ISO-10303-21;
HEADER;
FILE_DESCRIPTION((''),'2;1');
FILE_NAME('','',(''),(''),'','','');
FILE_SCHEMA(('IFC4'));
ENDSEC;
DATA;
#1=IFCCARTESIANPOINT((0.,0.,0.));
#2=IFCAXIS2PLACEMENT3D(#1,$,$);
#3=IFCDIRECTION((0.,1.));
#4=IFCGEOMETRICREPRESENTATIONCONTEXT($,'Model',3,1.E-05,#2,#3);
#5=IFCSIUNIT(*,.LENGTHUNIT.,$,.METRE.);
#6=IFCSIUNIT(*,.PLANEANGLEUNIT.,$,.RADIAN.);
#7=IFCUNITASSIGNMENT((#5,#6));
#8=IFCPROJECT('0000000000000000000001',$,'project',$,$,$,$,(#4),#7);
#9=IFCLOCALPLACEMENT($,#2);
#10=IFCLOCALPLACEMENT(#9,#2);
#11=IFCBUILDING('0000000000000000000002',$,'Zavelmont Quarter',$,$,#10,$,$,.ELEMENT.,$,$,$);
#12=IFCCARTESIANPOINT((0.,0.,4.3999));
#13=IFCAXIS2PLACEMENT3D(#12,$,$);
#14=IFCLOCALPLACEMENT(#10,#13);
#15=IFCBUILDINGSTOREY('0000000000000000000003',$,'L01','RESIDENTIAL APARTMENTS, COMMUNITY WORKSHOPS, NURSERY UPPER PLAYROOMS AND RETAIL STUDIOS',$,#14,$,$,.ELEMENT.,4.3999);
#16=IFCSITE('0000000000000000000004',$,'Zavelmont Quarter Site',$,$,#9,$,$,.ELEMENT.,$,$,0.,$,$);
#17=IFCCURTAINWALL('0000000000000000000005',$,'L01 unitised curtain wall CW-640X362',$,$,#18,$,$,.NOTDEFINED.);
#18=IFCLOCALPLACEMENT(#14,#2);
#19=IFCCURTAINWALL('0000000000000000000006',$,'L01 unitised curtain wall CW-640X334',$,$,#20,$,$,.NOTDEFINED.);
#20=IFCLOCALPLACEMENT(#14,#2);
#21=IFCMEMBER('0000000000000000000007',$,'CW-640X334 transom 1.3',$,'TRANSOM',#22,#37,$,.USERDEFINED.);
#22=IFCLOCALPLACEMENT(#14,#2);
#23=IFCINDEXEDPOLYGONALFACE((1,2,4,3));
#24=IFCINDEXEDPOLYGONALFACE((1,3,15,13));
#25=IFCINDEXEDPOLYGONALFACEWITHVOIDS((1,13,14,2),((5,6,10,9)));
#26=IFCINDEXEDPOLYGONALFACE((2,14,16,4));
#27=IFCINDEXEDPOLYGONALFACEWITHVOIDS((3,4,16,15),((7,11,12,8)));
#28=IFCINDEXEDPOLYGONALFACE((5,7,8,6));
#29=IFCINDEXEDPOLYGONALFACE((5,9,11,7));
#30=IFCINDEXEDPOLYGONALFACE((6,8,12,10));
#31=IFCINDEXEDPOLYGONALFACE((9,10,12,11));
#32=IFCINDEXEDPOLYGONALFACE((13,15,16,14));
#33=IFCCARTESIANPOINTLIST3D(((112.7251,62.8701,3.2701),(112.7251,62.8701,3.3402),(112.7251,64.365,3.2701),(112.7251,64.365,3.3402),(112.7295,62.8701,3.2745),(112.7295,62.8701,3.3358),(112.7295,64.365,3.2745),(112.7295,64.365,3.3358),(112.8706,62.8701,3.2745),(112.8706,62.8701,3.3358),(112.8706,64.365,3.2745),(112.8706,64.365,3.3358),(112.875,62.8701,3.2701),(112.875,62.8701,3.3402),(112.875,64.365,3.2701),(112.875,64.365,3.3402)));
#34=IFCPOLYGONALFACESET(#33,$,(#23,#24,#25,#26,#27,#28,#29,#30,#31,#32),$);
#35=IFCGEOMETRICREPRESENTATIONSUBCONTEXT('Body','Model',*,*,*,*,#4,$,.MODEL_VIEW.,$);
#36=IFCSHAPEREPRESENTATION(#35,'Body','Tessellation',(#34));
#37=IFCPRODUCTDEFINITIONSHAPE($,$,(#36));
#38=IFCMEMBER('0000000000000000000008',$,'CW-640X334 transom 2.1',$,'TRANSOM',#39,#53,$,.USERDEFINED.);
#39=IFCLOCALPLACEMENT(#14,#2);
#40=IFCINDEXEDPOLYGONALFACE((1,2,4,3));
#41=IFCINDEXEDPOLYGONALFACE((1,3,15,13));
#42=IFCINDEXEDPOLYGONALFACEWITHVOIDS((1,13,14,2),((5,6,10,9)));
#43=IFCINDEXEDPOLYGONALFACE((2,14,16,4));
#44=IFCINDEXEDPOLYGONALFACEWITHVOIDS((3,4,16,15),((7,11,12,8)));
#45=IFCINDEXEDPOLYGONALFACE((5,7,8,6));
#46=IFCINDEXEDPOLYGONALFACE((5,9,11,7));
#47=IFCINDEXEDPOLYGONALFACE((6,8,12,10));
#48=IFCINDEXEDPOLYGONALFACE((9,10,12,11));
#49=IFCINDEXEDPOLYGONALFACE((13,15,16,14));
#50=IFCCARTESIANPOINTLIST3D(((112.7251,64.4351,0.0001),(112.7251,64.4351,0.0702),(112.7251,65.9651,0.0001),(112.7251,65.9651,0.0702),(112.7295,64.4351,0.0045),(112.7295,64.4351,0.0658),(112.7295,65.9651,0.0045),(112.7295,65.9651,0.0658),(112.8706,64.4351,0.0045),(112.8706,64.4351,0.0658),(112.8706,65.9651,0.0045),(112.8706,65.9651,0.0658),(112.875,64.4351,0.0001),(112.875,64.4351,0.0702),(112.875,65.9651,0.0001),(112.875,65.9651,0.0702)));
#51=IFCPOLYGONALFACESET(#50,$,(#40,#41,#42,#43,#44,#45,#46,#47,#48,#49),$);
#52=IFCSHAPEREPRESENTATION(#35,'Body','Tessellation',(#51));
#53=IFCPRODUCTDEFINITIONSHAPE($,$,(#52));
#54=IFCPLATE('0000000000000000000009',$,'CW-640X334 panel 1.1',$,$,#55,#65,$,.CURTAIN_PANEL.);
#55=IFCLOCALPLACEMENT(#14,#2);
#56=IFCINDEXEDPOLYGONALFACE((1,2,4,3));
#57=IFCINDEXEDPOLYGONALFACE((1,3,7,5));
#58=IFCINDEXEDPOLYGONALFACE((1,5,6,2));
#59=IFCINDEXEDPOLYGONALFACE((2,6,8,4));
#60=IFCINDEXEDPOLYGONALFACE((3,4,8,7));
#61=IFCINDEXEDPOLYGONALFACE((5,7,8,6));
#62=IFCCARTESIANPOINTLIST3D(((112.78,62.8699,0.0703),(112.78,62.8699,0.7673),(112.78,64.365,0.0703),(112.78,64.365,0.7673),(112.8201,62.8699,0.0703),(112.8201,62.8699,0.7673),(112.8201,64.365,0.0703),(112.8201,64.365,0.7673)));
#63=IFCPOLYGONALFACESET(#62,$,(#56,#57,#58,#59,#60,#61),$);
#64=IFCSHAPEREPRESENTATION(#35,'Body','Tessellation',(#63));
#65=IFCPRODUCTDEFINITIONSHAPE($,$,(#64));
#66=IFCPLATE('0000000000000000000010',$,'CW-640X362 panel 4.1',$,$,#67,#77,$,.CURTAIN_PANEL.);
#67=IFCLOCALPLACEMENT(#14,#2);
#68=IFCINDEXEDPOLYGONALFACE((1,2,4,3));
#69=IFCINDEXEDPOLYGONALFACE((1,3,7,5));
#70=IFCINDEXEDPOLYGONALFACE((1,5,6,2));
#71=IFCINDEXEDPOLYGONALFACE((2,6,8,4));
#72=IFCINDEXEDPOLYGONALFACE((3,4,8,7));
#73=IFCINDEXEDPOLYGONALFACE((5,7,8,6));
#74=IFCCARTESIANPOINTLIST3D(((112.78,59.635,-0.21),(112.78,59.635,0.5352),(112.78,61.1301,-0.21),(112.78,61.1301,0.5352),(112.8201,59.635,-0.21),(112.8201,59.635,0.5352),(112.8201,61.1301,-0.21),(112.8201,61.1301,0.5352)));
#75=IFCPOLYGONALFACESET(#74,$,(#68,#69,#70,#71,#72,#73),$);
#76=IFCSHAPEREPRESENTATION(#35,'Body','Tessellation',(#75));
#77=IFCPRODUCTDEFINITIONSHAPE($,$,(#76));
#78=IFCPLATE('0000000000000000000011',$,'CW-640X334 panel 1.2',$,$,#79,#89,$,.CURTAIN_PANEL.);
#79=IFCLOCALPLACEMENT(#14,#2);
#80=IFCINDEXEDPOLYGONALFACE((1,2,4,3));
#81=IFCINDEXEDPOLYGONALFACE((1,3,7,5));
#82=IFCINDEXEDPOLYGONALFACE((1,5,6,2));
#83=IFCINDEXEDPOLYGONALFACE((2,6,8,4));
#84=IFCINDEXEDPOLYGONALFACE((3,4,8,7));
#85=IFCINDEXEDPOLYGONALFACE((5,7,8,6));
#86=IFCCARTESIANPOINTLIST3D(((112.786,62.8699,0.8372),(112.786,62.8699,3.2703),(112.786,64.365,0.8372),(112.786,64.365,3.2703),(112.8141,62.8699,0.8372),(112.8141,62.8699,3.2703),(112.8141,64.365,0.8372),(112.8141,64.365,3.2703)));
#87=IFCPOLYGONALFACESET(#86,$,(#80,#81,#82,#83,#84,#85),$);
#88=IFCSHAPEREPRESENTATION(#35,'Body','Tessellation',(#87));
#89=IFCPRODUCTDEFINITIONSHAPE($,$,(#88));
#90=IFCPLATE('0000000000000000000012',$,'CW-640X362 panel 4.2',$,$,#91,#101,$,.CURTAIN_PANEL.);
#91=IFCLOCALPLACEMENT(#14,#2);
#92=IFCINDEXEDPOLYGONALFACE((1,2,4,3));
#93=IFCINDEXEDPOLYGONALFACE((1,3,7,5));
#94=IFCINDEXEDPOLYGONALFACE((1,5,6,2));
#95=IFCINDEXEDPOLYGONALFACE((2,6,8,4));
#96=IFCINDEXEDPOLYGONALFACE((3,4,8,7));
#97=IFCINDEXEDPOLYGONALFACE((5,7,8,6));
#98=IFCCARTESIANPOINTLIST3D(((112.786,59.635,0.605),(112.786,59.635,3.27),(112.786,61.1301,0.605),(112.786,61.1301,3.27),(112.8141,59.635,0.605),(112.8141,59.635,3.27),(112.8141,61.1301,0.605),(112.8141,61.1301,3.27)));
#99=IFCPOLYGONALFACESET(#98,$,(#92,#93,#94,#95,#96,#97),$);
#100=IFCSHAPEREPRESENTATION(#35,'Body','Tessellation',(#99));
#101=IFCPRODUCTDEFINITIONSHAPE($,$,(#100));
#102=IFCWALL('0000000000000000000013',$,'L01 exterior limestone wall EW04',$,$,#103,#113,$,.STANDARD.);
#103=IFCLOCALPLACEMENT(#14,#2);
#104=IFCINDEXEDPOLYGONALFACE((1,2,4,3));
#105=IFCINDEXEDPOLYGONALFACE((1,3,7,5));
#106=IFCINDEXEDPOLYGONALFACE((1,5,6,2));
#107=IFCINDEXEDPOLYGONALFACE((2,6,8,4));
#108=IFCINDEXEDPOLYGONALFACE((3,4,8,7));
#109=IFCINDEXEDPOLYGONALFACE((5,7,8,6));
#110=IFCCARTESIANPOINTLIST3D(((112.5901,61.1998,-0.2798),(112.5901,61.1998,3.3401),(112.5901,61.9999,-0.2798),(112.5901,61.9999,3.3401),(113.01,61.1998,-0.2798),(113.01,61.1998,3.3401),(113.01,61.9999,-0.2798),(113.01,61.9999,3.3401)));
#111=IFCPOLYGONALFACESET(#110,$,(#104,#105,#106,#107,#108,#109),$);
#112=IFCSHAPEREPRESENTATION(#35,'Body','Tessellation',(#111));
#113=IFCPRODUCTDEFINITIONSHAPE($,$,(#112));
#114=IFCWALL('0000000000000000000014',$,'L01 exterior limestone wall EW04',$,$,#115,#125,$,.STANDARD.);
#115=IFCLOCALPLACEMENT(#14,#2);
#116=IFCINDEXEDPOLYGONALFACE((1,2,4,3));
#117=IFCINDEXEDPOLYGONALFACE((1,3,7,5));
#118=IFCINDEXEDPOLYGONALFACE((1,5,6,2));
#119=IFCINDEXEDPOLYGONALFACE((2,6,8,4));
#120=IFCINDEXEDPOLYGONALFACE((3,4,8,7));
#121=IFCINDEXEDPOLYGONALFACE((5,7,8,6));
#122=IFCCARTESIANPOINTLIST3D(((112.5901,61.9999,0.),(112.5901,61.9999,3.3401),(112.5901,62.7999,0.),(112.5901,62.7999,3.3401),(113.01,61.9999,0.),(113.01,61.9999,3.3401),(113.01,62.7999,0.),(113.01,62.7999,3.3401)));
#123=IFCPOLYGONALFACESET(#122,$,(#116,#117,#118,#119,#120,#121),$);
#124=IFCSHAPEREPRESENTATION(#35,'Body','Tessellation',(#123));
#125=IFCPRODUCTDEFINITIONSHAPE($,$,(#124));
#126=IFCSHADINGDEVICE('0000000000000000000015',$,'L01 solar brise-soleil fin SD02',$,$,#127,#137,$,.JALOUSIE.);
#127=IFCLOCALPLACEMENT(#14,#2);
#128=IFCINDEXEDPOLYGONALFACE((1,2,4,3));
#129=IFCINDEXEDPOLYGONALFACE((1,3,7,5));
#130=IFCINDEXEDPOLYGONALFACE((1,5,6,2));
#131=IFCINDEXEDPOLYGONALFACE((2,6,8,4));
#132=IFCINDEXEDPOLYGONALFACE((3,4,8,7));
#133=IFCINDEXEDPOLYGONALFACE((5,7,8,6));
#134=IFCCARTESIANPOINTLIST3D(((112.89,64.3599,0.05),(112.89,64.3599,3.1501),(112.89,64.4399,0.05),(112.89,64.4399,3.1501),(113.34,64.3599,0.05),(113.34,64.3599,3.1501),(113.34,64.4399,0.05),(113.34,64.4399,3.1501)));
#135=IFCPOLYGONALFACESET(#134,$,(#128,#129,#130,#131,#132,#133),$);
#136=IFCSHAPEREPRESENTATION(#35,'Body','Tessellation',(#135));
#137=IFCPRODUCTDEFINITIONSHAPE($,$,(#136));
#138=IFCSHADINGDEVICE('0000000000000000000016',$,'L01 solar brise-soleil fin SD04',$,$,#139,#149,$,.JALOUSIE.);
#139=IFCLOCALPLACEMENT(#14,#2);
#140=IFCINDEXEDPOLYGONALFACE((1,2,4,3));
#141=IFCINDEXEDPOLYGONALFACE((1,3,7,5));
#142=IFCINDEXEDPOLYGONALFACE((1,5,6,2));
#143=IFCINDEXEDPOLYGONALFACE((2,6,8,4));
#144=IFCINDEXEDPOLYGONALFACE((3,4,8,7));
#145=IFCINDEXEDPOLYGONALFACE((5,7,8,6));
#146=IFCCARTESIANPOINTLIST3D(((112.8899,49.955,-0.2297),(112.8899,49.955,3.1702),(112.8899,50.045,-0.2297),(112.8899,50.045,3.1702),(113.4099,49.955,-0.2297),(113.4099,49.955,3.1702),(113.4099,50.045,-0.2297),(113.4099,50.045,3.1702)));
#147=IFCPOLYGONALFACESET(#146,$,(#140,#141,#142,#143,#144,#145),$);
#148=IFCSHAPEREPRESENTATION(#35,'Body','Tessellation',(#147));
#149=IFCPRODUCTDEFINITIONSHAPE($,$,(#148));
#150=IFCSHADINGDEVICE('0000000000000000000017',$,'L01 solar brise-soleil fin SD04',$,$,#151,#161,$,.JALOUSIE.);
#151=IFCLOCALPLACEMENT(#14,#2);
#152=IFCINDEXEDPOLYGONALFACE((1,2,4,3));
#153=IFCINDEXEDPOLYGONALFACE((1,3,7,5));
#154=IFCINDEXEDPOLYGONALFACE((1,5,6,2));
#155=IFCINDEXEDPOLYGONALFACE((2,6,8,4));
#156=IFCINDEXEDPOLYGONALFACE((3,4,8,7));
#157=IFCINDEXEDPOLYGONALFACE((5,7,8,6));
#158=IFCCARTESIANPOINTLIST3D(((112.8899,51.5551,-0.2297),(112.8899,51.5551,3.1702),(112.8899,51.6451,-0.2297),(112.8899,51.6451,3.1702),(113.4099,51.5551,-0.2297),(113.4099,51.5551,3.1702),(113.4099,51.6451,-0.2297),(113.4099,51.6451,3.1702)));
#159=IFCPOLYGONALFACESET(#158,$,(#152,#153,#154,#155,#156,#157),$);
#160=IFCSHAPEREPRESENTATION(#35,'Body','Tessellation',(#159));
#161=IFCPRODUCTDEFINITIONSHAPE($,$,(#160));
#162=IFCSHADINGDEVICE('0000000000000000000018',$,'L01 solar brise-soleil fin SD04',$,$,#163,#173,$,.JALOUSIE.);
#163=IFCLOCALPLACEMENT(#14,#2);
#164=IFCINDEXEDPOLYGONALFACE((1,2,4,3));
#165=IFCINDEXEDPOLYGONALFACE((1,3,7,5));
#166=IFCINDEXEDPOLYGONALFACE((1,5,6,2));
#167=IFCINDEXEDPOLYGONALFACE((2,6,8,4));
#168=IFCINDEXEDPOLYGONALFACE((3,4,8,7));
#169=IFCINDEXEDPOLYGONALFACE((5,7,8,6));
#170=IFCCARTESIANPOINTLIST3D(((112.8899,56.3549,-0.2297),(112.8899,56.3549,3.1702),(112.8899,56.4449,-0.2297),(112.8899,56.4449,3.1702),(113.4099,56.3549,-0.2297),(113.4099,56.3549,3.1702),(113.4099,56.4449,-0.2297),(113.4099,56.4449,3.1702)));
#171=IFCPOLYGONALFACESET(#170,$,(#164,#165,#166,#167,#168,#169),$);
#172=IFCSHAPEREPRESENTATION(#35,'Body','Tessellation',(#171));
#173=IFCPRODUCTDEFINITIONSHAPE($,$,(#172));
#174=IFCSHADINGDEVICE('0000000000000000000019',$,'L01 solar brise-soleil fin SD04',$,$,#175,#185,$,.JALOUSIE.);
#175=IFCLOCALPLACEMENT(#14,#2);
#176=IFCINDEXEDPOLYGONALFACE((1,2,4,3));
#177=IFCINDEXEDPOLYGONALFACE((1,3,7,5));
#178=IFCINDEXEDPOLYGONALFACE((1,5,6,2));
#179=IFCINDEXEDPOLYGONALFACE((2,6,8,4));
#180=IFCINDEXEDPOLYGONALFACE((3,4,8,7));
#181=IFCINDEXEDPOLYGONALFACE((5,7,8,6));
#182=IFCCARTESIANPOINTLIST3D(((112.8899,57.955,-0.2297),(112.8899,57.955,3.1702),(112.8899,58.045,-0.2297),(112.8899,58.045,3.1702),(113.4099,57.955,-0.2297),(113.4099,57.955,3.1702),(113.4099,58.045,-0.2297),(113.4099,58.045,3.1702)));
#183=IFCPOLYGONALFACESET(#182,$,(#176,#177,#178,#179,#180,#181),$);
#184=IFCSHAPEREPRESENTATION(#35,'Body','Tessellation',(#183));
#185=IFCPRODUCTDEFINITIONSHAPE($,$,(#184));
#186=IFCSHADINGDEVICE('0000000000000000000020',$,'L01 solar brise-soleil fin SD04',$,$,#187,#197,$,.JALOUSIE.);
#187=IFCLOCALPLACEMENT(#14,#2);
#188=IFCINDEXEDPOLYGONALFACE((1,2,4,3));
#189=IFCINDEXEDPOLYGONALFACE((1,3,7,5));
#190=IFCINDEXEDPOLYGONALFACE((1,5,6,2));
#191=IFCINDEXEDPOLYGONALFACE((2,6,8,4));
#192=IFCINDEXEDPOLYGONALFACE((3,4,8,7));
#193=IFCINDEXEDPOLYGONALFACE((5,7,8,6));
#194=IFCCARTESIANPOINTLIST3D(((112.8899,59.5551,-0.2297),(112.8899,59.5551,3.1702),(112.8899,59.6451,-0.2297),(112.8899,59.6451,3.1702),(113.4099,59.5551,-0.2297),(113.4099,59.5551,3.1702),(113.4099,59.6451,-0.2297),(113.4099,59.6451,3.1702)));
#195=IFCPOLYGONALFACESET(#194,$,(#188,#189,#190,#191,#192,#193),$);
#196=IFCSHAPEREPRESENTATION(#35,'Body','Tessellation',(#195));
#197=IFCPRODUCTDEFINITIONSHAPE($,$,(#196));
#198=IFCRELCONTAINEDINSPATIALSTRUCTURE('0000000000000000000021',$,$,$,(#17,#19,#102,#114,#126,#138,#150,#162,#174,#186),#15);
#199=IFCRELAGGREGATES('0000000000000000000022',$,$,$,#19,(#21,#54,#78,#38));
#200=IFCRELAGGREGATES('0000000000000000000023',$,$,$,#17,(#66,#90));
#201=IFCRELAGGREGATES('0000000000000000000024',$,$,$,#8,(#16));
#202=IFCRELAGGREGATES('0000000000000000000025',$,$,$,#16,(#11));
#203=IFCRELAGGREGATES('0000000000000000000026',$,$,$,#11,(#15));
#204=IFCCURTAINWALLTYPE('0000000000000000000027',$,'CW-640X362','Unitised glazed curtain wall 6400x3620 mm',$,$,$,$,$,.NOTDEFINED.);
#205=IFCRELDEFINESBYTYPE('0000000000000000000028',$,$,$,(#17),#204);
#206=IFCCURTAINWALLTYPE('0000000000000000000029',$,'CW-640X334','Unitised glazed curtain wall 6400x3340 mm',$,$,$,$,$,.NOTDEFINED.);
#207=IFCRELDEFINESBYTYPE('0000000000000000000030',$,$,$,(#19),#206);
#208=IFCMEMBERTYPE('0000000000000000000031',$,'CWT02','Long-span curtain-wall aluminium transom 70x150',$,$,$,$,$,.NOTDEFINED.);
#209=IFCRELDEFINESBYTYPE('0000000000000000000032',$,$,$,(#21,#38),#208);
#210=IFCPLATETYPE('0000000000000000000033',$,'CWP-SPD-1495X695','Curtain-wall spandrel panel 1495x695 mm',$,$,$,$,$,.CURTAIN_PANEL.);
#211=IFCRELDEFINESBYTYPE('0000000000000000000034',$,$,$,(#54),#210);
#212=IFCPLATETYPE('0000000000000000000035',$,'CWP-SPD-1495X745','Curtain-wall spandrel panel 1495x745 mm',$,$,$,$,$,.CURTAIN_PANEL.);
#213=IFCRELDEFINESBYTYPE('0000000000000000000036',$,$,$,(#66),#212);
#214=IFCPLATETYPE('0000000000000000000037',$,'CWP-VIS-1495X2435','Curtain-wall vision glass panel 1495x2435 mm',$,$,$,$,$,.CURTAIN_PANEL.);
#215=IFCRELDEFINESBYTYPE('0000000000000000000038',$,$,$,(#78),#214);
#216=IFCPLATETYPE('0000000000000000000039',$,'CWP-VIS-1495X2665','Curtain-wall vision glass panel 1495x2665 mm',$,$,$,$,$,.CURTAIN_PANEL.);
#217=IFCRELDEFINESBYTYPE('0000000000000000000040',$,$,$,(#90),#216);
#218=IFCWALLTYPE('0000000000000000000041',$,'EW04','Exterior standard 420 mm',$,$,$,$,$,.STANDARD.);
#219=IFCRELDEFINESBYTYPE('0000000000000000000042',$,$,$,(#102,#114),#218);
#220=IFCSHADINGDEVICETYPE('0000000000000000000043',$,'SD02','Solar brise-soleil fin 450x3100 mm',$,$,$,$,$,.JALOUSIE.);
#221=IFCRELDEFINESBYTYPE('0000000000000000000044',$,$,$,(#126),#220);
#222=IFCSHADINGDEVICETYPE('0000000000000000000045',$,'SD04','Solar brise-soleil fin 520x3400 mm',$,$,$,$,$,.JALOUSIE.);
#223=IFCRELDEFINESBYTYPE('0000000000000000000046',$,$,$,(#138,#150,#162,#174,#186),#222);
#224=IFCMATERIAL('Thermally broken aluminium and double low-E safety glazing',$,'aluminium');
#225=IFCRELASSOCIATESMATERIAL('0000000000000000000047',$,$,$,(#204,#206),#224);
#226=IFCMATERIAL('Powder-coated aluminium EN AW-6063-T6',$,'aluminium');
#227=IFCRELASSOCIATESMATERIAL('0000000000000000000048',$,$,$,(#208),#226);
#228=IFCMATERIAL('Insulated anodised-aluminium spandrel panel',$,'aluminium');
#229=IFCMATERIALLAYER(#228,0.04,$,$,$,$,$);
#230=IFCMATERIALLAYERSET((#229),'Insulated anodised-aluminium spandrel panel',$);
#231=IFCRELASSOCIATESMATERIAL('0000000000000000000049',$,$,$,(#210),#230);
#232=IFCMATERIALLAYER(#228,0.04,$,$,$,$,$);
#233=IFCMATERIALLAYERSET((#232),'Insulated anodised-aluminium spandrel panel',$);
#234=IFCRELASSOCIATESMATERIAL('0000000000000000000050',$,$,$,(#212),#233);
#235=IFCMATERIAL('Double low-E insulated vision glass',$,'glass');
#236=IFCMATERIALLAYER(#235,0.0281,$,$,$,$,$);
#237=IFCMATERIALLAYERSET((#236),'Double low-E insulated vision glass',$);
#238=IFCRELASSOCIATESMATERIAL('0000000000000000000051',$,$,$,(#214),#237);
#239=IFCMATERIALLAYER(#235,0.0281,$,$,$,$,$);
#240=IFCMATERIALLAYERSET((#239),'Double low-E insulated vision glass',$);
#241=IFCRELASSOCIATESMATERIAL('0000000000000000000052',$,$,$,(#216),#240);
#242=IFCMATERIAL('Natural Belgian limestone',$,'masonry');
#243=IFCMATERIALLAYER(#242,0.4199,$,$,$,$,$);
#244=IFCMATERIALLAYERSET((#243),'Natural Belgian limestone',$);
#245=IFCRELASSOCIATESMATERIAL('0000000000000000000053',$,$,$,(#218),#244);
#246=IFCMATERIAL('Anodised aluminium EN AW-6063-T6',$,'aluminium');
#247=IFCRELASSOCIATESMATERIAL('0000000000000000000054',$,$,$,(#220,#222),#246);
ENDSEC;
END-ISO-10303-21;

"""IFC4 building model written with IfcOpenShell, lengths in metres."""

from ifc_helpers import new_model, si_unit, direction, frame, frame_2d, origin, origin_2d, place, context, subcontext, project, spatial, rectangle, hollow_rectangle, extrude, material, layer, layer_set, material_profile, profile_set, type_object, element, aggregate, save


model = new_model("IFC4")

# Units and contexts
model_context = context("Model", 3, precision=1e-05, world=origin(), true_north=direction((0.0, 1.0)))
body_context = subcontext(model_context, "Body", "Model", "MODEL_VIEW")
ifc_project = project(units=[si_unit("LENGTHUNIT", "METRE"), si_unit("PLANEANGLEUNIT", "RADIAN")], contexts=[model_context])

# Site, building, storey
site_placement = place(None, origin())
site = spatial("IfcSite", under=ifc_project, at=site_placement, Name="Zavelmont Quarter Site", CompositionType="ELEMENT", RefElevation=0.0)
building_placement = place(site_placement, origin())
building = spatial("IfcBuilding", under=site, at=building_placement, Name="Zavelmont Quarter", CompositionType="ELEMENT")
storey_placement = place(building_placement, frame((0.0, 0.0, 4.3999)))
storey = spatial("IfcBuildingStorey", under=building, at=storey_placement, Name="L01", Description="RESIDENTIAL APARTMENTS, COMMUNITY WORKSHOPS, NURSERY UPPER PLAYROOMS AND RETAIL STUDIOS", CompositionType="ELEMENT", Elevation=4.3999)

# Curtain walls
ifc_material_1 = material(Name="Thermally broken aluminium and double low-E safety glazing", Category="aluminium")
curtain_wall_type_1 = type_object("IfcCurtainWallType", Name="CW-640X362", Description="Unitised glazed curtain wall 6400x3620 mm", PredefinedType="NOTDEFINED", material=ifc_material_1)
curtain_wall_1_placement = place(storey_placement, origin())
curtain_wall_1 = element("IfcCurtainWall", 1, at=curtain_wall_1_placement, inside=storey, type_object=curtain_wall_type_1, Name="L01 unitised curtain wall CW-640X362", PredefinedType="NOTDEFINED")
ifc_material_2 = material(Name="Powder-coated aluminium EN AW-6063-T6", Category="aluminium")
curtain_wall_type_2 = type_object("IfcCurtainWallType", Name="CW-640X334", Description="Unitised glazed curtain wall 6400x3340 mm", PredefinedType="NOTDEFINED", material=ifc_material_1)
curtain_wall_2_placement = place(storey_placement, origin())
curtain_wall_2 = element("IfcCurtainWall", 2, at=curtain_wall_2_placement, inside=storey, type_object=curtain_wall_type_2, Name="L01 unitised curtain wall CW-640X334", PredefinedType="NOTDEFINED")

# Members
ifc_material_profile_1 = material_profile(ifc_material_2, hollow_rectangle(XDim=0.1499, YDim=0.0701, WallThickness=0.0044, at=origin_2d()), Name="CWT70X150")
ifc_profile_set_1 = profile_set([ifc_material_profile_1], Name="Powder-coated aluminium EN AW-6063-T6")
member_type_1 = type_object("IfcMemberType", Name="CWT02", Description="Long-span curtain-wall aluminium transom 70x150", PredefinedType="NOTDEFINED", material=ifc_profile_set_1)
member_1_placement = place(storey_placement, frame((112.8, 62.8701, 3.3052), z_axis=(0.0, 1.0, 0.0), x_axis=(-1.0, 0.0, 0.0)))
member_1 = element("IfcMember", 3, at=member_1_placement, type_object=member_type_1, Name="CW-640X334 transom 1.3", ObjectType="TRANSOM", PredefinedType="USERDEFINED", context=body_context, shape_type="SweptSolid", body=[
    extrude(hollow_rectangle(XDim=0.1499, YDim=0.0701, WallThickness=0.0044, at=origin_2d()), origin(), (0.0, 0.0, 1.0), 1.4949),
])
member_2_placement = place(storey_placement, frame((112.8, 64.4351, 0.0352), z_axis=(0.0, 1.0, 0.0), x_axis=(-1.0, 0.0, 0.0)))
member_2 = element("IfcMember", 4, at=member_2_placement, type_object=member_type_1, Name="CW-640X334 transom 2.1", ObjectType="TRANSOM", PredefinedType="USERDEFINED", context=body_context, shape_type="SweptSolid", body=[
    extrude(hollow_rectangle(XDim=0.1499, YDim=0.0701, WallThickness=0.0044, at=origin_2d()), origin(), (0.0, 0.0, 1.0), 1.53),
])

# Plates
ifc_material_3 = material(Name="Insulated anodised-aluminium spandrel panel", Category="aluminium")
ifc_layer_1 = layer(ifc_material_3, 0.04)
ifc_layer_set_1 = layer_set([ifc_layer_1], Name="Insulated anodised-aluminium spandrel panel")
plate_type_1 = type_object("IfcPlateType", Name="CWP-SPD-1495X695", Description="Curtain-wall spandrel panel 1495x695 mm", PredefinedType="CURTAIN_PANEL", material=ifc_layer_set_1)
plate_1_placement = place(storey_placement, frame((112.8, 63.6174, 0.0703), z_axis=(0.0, 0.0, 1.0), x_axis=(0.0, 1.0, 0.0)))
plate_1 = element("IfcPlate", 5, at=plate_1_placement, type_object=plate_type_1, Name="CW-640X334 panel 1.1", PredefinedType="CURTAIN_PANEL", context=body_context, shape_type="SweptSolid", body=[
    extrude(rectangle(XDim=1.4951, YDim=0.04, at=origin_2d()), origin(), (0.0, 0.0, 1.0), 0.697),
])
ifc_layer_2 = layer(ifc_material_3, 0.04)
ifc_layer_set_2 = layer_set([ifc_layer_2], Name="Insulated anodised-aluminium spandrel panel")
plate_type_2 = type_object("IfcPlateType", Name="CWP-SPD-1495X745", Description="Curtain-wall spandrel panel 1495x745 mm", PredefinedType="CURTAIN_PANEL", material=ifc_layer_set_2)
plate_2_placement = place(storey_placement, frame((112.8, 60.3826, -0.21), z_axis=(0.0, 0.0, 1.0), x_axis=(0.0, 1.0, 0.0)))
plate_2 = element("IfcPlate", 6, at=plate_2_placement, type_object=plate_type_2, Name="CW-640X362 panel 4.1", PredefinedType="CURTAIN_PANEL", context=body_context, shape_type="SweptSolid", body=[
    extrude(rectangle(XDim=1.4951, YDim=0.04, at=origin_2d()), origin(), (0.0, 0.0, 1.0), 0.7451),
])
ifc_material_4 = material(Name="Double low-E insulated vision glass", Category="glass")
ifc_layer_3 = layer(ifc_material_4, 0.0281)
ifc_layer_set_3 = layer_set([ifc_layer_3], Name="Double low-E insulated vision glass")
plate_type_3 = type_object("IfcPlateType", Name="CWP-VIS-1495X2435", Description="Curtain-wall vision glass panel 1495x2435 mm", PredefinedType="CURTAIN_PANEL", material=ifc_layer_set_3)
plate_3_placement = place(storey_placement, frame((112.8, 63.6174, 0.8372), z_axis=(0.0, 0.0, 1.0), x_axis=(0.0, 1.0, 0.0)))
plate_3 = element("IfcPlate", 7, at=plate_3_placement, type_object=plate_type_3, Name="CW-640X334 panel 1.2", PredefinedType="CURTAIN_PANEL", context=body_context, shape_type="SweptSolid", body=[
    extrude(rectangle(XDim=1.4951, YDim=0.0281, at=origin_2d()), origin(), (0.0, 0.0, 1.0), 2.4331),
])
aggregate(curtain_wall_2, [member_1, plate_1, plate_3, member_2])
ifc_layer_4 = layer(ifc_material_4, 0.0281)
ifc_layer_set_4 = layer_set([ifc_layer_4], Name="Double low-E insulated vision glass")
plate_type_4 = type_object("IfcPlateType", Name="CWP-VIS-1495X2665", Description="Curtain-wall vision glass panel 1495x2665 mm", PredefinedType="CURTAIN_PANEL", material=ifc_layer_set_4)
plate_4_placement = place(storey_placement, frame((112.8, 60.3826, 0.605), z_axis=(0.0, 0.0, 1.0), x_axis=(0.0, 1.0, 0.0)))
plate_4 = element("IfcPlate", 8, at=plate_4_placement, type_object=plate_type_4, Name="CW-640X362 panel 4.2", PredefinedType="CURTAIN_PANEL", context=body_context, shape_type="SweptSolid", body=[
    extrude(rectangle(XDim=1.4951, YDim=0.0281, at=origin_2d()), origin(), (0.0, 0.0, 1.0), 2.665),
])
aggregate(curtain_wall_1, [plate_2, plate_4])

# Walls
ifc_material_5 = material(Name="Natural Belgian limestone", Category="masonry")
ifc_layer_5 = layer(ifc_material_5, 0.4199)
ifc_layer_set_5 = layer_set([ifc_layer_5], Name="Natural Belgian limestone")
wall_type = type_object("IfcWallType", Name="EW04", Description="Exterior standard 420 mm", PredefinedType="STANDARD", material=ifc_layer_set_5)
wall_1_placement = place(storey_placement, frame((112.8, 61.2, -0.2798), z_axis=(0.0, 0.0, 1.0), x_axis=(0.0, 1.0, 0.0)))
element("IfcWall", 9, at=wall_1_placement, inside=storey, type_object=wall_type, Name="L01 exterior limestone wall EW04", PredefinedType="STANDARD", context=body_context, shape_type="SweptSolid", body=[
    extrude(rectangle(XDim=0.8, YDim=0.4199, at=frame_2d((0.3999, 0.0))), origin(), (0.0, 0.0, 1.0), 3.6199),
])
wall_2_placement = place(storey_placement, frame((112.8, 62.0, 0.0), z_axis=(0.0, 0.0, 1.0), x_axis=(0.0, 1.0, 0.0)))
element("IfcWall", 10, at=wall_2_placement, inside=storey, type_object=wall_type, Name="L01 exterior limestone wall EW04", PredefinedType="STANDARD", context=body_context, shape_type="SweptSolid", body=[
    extrude(rectangle(XDim=0.8, YDim=0.4199, at=frame_2d((0.3999, 0.0))), origin(), (0.0, 0.0, 1.0), 3.3401),
])

# Shading devices
ifc_material_6 = material(Name="Anodised aluminium EN AW-6063-T6", Category="aluminium")
shading_device_type_1 = type_object("IfcShadingDeviceType", Name="SD02", Description="Solar brise-soleil fin 450x3100 mm", PredefinedType="JALOUSIE", material=ifc_material_6)
shading_device_placement = place(storey_placement, frame((113.115, 64.3999, 0.05), z_axis=(0.0, 0.0, 1.0), x_axis=(0.0, 1.0, 0.0)))
element("IfcShadingDevice", 11, at=shading_device_placement, inside=storey, type_object=shading_device_type_1, Name="L01 solar brise-soleil fin SD02", PredefinedType="JALOUSIE", context=body_context, shape_type="SweptSolid", body=[
    extrude(rectangle(XDim=0.0801, YDim=0.45, at=origin_2d()), origin(), (0.0, 0.0, 1.0), 3.1001),
])
shading_device_type_2 = type_object("IfcShadingDeviceType", Name="SD04", Description="Solar brise-soleil fin 520x3400 mm", PredefinedType="JALOUSIE", material=ifc_material_6)
for number, where, z_axis, x_axis, name in (
    (12, (113.1499, 50.0, -0.2297), (0.0, 0.0, 1.0), (0.0, 1.0, 0.0), "L01 solar brise-soleil fin SD04"),
    (13, (113.1499, 51.6001, -0.2297), (0.0, 0.0, 1.0), (0.0, 1.0, 0.0), "L01 solar brise-soleil fin SD04"),
    (14, (113.1499, 56.3999, -0.2297), (0.0, 0.0, 1.0), (0.0, 1.0, 0.0), "L01 solar brise-soleil fin SD04"),
    (15, (113.1499, 58.0, -0.2297), (0.0, 0.0, 1.0), (0.0, 1.0, 0.0), "L01 solar brise-soleil fin SD04"),
    (16, (113.1499, 59.6001, -0.2297), (0.0, 0.0, 1.0), (0.0, 1.0, 0.0), "L01 solar brise-soleil fin SD04"),
):
    element("IfcShadingDevice", number, at=place(storey_placement, frame(where, z_axis=z_axis, x_axis=x_axis)), inside=storey, type_object=shading_device_type_2, Name=name, PredefinedType="JALOUSIE", context=body_context, shape_type="SweptSolid", body=[
        extrude(rectangle(XDim=0.0901, YDim=0.52, at=origin_2d()), origin(), (0.0, 0.0, 1.0), 3.3999),
    ])

save(model, "model.ifc")
